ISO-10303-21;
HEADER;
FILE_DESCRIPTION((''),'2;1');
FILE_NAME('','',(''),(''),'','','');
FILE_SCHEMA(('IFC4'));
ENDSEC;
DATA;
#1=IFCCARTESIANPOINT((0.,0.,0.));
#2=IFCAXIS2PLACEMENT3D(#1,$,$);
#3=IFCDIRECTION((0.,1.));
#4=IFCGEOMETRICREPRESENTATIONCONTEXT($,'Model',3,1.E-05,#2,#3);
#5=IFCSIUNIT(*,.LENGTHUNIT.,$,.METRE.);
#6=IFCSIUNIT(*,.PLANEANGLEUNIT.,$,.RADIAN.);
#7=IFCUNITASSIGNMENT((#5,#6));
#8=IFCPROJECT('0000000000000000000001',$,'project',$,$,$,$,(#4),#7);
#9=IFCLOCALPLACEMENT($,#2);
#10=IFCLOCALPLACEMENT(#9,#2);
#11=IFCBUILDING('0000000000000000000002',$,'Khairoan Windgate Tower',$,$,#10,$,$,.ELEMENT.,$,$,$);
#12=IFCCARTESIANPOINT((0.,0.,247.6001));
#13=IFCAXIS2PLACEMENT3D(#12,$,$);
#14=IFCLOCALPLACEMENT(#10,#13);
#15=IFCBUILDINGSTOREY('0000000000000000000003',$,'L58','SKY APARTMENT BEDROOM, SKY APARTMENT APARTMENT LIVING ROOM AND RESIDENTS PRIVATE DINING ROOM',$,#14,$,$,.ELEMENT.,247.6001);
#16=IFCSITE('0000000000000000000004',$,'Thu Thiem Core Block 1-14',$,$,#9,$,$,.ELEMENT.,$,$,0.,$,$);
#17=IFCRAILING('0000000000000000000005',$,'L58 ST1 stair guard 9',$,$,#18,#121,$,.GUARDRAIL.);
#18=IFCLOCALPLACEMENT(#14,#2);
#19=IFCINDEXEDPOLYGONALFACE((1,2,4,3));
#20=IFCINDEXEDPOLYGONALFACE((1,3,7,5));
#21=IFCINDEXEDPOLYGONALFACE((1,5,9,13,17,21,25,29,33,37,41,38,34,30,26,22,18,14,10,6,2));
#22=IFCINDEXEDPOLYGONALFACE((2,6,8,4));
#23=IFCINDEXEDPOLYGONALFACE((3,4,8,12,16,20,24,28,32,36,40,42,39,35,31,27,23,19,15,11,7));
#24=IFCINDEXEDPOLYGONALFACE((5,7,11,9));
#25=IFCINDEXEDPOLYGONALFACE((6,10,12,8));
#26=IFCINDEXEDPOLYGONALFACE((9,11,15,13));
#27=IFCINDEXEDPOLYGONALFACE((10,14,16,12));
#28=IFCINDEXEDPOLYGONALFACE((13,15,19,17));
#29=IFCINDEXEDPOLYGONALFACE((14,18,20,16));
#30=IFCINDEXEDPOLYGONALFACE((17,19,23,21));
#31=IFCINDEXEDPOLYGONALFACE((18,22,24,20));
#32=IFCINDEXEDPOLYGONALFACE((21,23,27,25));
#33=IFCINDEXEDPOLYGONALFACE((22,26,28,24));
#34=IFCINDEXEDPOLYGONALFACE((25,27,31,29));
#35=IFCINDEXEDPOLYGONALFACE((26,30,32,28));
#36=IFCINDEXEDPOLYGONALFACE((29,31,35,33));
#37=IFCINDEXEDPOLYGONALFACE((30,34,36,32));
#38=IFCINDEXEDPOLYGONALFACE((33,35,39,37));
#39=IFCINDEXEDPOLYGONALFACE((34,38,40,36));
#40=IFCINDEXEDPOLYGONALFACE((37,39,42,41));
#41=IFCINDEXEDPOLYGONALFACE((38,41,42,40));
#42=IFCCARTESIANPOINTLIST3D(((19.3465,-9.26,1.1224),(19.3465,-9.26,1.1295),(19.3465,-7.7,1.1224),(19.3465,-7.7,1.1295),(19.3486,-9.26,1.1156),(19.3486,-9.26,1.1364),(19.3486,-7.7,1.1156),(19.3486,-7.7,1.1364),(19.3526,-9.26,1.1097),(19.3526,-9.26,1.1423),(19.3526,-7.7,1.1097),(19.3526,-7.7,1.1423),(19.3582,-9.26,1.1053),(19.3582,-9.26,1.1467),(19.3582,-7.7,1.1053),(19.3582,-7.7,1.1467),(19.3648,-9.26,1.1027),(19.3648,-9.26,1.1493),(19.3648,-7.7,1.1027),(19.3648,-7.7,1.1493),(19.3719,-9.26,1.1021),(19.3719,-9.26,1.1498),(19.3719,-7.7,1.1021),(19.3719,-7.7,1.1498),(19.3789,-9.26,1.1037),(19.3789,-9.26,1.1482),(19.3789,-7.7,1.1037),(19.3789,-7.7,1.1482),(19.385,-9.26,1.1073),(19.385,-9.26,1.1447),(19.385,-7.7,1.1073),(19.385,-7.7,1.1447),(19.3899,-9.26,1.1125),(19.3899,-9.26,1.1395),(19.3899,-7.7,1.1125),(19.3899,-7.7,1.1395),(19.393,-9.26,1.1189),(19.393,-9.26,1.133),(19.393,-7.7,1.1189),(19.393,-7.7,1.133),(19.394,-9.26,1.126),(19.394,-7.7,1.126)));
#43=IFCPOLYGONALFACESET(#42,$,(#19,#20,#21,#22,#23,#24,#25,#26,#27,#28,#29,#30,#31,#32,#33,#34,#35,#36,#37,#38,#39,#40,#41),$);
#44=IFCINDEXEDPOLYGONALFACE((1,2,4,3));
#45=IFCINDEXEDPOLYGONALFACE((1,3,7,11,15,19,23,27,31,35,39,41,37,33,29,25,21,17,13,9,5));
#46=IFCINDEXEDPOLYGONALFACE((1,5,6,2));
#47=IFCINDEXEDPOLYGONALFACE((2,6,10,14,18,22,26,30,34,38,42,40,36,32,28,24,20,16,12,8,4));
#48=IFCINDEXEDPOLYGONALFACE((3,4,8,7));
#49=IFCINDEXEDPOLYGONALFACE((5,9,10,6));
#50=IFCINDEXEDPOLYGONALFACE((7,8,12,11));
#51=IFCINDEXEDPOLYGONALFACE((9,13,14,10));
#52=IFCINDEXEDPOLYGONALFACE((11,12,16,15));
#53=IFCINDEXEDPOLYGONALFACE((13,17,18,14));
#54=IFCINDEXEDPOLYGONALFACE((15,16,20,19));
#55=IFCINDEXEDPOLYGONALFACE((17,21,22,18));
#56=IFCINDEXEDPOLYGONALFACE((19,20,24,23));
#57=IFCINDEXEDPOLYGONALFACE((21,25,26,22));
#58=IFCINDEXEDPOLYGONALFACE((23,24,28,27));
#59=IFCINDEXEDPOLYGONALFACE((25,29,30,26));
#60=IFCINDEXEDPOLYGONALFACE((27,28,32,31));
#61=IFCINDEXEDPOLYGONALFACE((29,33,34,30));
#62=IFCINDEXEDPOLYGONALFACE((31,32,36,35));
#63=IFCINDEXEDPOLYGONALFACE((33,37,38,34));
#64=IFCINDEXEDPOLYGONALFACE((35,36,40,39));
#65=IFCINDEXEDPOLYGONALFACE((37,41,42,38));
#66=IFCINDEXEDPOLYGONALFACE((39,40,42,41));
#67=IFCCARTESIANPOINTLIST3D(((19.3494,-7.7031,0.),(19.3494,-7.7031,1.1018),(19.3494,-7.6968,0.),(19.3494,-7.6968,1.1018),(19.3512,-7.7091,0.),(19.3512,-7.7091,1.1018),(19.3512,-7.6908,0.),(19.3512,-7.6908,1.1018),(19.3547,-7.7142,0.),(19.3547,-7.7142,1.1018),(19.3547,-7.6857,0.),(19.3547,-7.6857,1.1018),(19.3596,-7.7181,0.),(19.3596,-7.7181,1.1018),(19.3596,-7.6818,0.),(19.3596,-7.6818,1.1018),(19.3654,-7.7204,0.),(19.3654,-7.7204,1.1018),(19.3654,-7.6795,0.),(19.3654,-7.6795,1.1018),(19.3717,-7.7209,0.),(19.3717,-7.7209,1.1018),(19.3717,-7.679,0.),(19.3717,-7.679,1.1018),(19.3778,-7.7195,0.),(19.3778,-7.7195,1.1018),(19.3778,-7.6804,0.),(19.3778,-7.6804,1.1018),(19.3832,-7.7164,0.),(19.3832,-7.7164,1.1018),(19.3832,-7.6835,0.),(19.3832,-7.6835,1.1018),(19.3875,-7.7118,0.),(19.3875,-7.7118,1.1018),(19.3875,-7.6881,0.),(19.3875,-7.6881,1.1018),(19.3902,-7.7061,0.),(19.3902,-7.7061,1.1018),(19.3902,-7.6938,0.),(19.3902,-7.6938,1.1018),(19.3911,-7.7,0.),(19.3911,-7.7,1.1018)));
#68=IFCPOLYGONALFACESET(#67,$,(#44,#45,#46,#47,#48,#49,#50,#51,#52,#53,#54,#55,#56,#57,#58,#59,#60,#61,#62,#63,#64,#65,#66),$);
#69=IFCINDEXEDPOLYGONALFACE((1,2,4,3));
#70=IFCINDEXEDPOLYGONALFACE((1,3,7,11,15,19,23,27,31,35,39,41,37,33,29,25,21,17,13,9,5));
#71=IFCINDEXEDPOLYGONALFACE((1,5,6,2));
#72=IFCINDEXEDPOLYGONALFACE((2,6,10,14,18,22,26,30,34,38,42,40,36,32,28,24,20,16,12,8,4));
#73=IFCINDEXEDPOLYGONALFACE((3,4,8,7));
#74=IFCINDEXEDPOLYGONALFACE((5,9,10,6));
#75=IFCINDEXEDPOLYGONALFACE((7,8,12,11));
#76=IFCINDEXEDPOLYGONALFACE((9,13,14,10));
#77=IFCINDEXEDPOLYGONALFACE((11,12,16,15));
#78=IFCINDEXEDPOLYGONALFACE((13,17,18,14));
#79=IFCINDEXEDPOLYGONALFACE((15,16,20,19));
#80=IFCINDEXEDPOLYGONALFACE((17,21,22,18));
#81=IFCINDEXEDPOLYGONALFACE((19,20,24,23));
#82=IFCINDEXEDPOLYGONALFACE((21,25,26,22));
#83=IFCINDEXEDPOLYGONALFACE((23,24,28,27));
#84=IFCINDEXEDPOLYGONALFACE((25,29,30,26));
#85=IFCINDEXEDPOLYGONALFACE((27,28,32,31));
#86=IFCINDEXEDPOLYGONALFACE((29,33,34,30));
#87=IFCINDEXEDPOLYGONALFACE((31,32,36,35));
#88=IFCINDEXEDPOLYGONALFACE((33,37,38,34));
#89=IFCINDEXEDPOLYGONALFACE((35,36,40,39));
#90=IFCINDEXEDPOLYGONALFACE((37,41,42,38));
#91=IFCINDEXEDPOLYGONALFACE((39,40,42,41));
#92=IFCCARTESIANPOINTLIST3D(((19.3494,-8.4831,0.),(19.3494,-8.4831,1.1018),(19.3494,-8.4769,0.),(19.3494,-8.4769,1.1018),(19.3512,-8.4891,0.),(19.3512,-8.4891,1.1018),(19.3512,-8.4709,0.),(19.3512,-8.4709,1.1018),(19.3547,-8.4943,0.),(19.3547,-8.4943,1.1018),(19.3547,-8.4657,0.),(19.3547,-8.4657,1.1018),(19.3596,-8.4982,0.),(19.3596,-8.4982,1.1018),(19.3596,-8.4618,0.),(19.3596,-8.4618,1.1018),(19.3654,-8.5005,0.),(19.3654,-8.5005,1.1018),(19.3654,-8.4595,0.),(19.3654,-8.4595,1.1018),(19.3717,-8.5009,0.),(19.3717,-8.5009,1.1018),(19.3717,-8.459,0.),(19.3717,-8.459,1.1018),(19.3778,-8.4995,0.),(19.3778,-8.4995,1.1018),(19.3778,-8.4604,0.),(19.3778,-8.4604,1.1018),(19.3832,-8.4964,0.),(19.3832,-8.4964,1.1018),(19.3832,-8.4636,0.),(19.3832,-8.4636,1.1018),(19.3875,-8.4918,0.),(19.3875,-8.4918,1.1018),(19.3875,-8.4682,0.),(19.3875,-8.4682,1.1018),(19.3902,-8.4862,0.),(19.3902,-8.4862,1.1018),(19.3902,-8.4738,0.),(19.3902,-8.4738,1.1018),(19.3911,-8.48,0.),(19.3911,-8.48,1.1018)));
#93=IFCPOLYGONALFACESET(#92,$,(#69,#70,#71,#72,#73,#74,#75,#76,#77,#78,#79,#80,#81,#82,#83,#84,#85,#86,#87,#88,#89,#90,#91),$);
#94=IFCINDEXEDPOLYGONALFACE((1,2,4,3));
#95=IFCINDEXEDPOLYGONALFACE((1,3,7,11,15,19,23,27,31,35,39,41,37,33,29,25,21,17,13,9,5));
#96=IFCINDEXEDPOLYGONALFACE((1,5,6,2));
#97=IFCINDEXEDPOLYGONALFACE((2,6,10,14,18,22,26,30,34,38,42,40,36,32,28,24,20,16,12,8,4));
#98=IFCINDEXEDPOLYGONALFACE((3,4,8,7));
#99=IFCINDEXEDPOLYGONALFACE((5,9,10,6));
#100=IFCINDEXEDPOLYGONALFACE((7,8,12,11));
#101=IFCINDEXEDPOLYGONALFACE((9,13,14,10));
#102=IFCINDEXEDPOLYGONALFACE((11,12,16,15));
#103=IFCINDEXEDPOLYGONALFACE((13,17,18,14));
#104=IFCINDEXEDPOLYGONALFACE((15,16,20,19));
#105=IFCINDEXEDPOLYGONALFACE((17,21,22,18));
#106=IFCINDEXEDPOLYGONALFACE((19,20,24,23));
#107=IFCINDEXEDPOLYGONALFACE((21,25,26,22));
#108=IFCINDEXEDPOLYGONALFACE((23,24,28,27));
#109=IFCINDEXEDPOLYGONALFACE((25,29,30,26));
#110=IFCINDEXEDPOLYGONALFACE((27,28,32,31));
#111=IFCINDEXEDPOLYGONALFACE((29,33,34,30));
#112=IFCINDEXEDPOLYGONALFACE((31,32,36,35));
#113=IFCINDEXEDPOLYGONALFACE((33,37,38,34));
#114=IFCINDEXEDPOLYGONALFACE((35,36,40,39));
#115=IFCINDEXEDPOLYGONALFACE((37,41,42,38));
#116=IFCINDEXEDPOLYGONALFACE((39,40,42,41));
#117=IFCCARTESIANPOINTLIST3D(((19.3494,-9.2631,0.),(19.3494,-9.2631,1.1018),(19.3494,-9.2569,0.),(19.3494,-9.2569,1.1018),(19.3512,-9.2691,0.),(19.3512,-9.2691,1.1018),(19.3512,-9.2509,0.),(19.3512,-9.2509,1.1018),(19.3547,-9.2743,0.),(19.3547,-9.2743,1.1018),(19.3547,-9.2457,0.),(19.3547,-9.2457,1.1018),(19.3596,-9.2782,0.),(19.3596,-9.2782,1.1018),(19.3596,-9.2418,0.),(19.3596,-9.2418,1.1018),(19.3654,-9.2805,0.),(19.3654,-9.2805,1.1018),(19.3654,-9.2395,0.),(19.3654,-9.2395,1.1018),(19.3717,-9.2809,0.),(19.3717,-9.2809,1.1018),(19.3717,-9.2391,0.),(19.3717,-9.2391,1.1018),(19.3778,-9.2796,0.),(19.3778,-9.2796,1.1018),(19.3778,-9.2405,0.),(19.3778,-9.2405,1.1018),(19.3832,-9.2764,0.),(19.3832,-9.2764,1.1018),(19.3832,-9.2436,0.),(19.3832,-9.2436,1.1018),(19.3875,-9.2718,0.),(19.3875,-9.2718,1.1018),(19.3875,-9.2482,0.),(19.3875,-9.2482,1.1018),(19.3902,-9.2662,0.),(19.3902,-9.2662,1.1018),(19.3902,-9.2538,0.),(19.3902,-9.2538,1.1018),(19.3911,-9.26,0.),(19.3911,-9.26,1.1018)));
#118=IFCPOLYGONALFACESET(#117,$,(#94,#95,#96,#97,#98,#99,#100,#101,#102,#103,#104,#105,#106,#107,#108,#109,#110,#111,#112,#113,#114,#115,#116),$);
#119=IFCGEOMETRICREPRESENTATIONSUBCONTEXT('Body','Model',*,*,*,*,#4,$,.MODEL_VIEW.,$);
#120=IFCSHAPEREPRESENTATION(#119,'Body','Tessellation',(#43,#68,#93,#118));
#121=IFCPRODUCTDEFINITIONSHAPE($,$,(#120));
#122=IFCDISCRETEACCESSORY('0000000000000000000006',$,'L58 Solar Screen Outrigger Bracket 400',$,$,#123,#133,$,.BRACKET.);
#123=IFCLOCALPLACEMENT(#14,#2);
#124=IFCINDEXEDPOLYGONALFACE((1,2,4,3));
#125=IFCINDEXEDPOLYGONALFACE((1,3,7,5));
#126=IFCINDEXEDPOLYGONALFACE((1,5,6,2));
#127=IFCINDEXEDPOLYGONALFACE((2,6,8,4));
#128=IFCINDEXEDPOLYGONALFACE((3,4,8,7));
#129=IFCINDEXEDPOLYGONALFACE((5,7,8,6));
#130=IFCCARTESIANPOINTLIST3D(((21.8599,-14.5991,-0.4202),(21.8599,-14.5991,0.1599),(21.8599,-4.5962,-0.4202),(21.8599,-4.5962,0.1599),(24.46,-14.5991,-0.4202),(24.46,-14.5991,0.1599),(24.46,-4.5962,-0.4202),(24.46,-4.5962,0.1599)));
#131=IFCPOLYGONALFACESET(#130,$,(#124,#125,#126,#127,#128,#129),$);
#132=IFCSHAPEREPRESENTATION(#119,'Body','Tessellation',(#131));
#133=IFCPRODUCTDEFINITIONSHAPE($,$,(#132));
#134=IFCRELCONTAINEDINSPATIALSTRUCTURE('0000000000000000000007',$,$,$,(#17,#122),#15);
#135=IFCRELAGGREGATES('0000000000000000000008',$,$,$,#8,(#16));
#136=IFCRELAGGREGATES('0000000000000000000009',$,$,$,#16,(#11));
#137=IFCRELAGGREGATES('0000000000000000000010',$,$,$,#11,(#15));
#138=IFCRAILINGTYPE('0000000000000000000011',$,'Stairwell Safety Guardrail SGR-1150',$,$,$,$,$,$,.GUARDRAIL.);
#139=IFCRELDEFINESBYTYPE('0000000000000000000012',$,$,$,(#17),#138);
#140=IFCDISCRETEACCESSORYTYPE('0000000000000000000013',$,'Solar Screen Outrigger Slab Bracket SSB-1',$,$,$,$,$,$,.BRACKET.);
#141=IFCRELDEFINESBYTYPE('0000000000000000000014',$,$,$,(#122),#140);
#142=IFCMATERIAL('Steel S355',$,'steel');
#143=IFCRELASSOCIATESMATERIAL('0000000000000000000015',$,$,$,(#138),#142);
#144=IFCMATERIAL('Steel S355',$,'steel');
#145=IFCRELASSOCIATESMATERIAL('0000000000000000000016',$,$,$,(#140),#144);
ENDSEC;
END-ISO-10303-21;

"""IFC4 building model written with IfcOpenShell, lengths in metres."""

from ifc_helpers import new_model, si_unit, direction, frame, origin, origin_2d, place, context, subcontext, project, spatial, rectangle, circle, extrude, material, type_object, element, save


model = new_model("IFC4")

# Units and contexts
model_context = context("Model", 3, precision=1e-05, world=origin(), true_north=direction((0.0, 1.0)))
body_context = subcontext(model_context, "Body", "Model", "MODEL_VIEW")
ifc_project = project(units=[si_unit("LENGTHUNIT", "METRE"), si_unit("PLANEANGLEUNIT", "RADIAN")], contexts=[model_context])

# Site, building, storey
site_placement = place(None, origin())
site = spatial("IfcSite", under=ifc_project, at=site_placement, Name="Thu Thiem Core Block 1-14", CompositionType="ELEMENT", RefElevation=0.0)
building_placement = place(site_placement, origin())
building = spatial("IfcBuilding", under=site, at=building_placement, Name="Khairoan Windgate Tower", CompositionType="ELEMENT")
storey_placement = place(building_placement, frame((0.0, 0.0, 247.6001)))
storey = spatial("IfcBuildingStorey", under=building, at=storey_placement, Name="L58", Description="SKY APARTMENT BEDROOM, SKY APARTMENT APARTMENT LIVING ROOM AND RESIDENTS PRIVATE DINING ROOM", CompositionType="ELEMENT", Elevation=247.6001)

# Railing
ifc_material_1 = material(Name="Steel S355", Category="steel")
railing_type_1 = type_object("IfcRailingType", Name="Stairwell Safety Guardrail SGR-1150", PredefinedType="GUARDRAIL", material=ifc_material_1)
for number, where, name in (
    (1, (19.3701, -7.7, 0.0), "L58 ST1 stair guard 9"),
):
    element("IfcRailing", number, at=place(storey_placement, frame(where)), inside=storey, type_object=railing_type_1, Name=name, PredefinedType="GUARDRAIL", context=body_context, shape_type="SweptSolid", body=[
        extrude(circle(Radius=0.0239, at=origin_2d()), frame((0.0, 0.0, 1.126), z_axis=(0.0, -1.0, 0.0), x_axis=(1.0, 0.0, 0.0)), (0.0, 0.0, 1.0), 1.5601),
        extrude(circle(Radius=0.021, at=origin_2d()), origin(), (0.0, 0.0, 1.0), 1.1018),
        extrude(circle(Radius=0.021, at=origin_2d()), frame((0.0, -0.78, 0.0)), (0.0, 0.0, 1.0), 1.1018),
        extrude(circle(Radius=0.021, at=origin_2d()), frame((0.0, -1.5601, 0.0)), (0.0, 0.0, 1.0), 1.1018),
    ])

# Discrete accessory
ifc_material_2 = material(Name="Steel S355", Category="steel")
discrete_accessory_type = type_object("IfcDiscreteAccessoryType", Name="Solar Screen Outrigger Slab Bracket SSB-1", PredefinedType="BRACKET", material=ifc_material_2)
discrete_accessory_placement = place(storey_placement, frame((23.1599, -9.5977, -0.4202), z_axis=(0.0, 0.0, 1.0), x_axis=(0.0, -1.0, 0.0)))
element("IfcDiscreteAccessory", 2, at=discrete_accessory_placement, inside=storey, type_object=discrete_accessory_type, Name="L58 Solar Screen Outrigger Bracket 400", PredefinedType="BRACKET", context=body_context, shape_type="SweptSolid", body=[
    extrude(rectangle(XDim=10.0029, YDim=2.6001, at=origin_2d()), origin(), (0.0, 0.0, 1.0), 0.5801),
])

save(model, "model.ifc")
